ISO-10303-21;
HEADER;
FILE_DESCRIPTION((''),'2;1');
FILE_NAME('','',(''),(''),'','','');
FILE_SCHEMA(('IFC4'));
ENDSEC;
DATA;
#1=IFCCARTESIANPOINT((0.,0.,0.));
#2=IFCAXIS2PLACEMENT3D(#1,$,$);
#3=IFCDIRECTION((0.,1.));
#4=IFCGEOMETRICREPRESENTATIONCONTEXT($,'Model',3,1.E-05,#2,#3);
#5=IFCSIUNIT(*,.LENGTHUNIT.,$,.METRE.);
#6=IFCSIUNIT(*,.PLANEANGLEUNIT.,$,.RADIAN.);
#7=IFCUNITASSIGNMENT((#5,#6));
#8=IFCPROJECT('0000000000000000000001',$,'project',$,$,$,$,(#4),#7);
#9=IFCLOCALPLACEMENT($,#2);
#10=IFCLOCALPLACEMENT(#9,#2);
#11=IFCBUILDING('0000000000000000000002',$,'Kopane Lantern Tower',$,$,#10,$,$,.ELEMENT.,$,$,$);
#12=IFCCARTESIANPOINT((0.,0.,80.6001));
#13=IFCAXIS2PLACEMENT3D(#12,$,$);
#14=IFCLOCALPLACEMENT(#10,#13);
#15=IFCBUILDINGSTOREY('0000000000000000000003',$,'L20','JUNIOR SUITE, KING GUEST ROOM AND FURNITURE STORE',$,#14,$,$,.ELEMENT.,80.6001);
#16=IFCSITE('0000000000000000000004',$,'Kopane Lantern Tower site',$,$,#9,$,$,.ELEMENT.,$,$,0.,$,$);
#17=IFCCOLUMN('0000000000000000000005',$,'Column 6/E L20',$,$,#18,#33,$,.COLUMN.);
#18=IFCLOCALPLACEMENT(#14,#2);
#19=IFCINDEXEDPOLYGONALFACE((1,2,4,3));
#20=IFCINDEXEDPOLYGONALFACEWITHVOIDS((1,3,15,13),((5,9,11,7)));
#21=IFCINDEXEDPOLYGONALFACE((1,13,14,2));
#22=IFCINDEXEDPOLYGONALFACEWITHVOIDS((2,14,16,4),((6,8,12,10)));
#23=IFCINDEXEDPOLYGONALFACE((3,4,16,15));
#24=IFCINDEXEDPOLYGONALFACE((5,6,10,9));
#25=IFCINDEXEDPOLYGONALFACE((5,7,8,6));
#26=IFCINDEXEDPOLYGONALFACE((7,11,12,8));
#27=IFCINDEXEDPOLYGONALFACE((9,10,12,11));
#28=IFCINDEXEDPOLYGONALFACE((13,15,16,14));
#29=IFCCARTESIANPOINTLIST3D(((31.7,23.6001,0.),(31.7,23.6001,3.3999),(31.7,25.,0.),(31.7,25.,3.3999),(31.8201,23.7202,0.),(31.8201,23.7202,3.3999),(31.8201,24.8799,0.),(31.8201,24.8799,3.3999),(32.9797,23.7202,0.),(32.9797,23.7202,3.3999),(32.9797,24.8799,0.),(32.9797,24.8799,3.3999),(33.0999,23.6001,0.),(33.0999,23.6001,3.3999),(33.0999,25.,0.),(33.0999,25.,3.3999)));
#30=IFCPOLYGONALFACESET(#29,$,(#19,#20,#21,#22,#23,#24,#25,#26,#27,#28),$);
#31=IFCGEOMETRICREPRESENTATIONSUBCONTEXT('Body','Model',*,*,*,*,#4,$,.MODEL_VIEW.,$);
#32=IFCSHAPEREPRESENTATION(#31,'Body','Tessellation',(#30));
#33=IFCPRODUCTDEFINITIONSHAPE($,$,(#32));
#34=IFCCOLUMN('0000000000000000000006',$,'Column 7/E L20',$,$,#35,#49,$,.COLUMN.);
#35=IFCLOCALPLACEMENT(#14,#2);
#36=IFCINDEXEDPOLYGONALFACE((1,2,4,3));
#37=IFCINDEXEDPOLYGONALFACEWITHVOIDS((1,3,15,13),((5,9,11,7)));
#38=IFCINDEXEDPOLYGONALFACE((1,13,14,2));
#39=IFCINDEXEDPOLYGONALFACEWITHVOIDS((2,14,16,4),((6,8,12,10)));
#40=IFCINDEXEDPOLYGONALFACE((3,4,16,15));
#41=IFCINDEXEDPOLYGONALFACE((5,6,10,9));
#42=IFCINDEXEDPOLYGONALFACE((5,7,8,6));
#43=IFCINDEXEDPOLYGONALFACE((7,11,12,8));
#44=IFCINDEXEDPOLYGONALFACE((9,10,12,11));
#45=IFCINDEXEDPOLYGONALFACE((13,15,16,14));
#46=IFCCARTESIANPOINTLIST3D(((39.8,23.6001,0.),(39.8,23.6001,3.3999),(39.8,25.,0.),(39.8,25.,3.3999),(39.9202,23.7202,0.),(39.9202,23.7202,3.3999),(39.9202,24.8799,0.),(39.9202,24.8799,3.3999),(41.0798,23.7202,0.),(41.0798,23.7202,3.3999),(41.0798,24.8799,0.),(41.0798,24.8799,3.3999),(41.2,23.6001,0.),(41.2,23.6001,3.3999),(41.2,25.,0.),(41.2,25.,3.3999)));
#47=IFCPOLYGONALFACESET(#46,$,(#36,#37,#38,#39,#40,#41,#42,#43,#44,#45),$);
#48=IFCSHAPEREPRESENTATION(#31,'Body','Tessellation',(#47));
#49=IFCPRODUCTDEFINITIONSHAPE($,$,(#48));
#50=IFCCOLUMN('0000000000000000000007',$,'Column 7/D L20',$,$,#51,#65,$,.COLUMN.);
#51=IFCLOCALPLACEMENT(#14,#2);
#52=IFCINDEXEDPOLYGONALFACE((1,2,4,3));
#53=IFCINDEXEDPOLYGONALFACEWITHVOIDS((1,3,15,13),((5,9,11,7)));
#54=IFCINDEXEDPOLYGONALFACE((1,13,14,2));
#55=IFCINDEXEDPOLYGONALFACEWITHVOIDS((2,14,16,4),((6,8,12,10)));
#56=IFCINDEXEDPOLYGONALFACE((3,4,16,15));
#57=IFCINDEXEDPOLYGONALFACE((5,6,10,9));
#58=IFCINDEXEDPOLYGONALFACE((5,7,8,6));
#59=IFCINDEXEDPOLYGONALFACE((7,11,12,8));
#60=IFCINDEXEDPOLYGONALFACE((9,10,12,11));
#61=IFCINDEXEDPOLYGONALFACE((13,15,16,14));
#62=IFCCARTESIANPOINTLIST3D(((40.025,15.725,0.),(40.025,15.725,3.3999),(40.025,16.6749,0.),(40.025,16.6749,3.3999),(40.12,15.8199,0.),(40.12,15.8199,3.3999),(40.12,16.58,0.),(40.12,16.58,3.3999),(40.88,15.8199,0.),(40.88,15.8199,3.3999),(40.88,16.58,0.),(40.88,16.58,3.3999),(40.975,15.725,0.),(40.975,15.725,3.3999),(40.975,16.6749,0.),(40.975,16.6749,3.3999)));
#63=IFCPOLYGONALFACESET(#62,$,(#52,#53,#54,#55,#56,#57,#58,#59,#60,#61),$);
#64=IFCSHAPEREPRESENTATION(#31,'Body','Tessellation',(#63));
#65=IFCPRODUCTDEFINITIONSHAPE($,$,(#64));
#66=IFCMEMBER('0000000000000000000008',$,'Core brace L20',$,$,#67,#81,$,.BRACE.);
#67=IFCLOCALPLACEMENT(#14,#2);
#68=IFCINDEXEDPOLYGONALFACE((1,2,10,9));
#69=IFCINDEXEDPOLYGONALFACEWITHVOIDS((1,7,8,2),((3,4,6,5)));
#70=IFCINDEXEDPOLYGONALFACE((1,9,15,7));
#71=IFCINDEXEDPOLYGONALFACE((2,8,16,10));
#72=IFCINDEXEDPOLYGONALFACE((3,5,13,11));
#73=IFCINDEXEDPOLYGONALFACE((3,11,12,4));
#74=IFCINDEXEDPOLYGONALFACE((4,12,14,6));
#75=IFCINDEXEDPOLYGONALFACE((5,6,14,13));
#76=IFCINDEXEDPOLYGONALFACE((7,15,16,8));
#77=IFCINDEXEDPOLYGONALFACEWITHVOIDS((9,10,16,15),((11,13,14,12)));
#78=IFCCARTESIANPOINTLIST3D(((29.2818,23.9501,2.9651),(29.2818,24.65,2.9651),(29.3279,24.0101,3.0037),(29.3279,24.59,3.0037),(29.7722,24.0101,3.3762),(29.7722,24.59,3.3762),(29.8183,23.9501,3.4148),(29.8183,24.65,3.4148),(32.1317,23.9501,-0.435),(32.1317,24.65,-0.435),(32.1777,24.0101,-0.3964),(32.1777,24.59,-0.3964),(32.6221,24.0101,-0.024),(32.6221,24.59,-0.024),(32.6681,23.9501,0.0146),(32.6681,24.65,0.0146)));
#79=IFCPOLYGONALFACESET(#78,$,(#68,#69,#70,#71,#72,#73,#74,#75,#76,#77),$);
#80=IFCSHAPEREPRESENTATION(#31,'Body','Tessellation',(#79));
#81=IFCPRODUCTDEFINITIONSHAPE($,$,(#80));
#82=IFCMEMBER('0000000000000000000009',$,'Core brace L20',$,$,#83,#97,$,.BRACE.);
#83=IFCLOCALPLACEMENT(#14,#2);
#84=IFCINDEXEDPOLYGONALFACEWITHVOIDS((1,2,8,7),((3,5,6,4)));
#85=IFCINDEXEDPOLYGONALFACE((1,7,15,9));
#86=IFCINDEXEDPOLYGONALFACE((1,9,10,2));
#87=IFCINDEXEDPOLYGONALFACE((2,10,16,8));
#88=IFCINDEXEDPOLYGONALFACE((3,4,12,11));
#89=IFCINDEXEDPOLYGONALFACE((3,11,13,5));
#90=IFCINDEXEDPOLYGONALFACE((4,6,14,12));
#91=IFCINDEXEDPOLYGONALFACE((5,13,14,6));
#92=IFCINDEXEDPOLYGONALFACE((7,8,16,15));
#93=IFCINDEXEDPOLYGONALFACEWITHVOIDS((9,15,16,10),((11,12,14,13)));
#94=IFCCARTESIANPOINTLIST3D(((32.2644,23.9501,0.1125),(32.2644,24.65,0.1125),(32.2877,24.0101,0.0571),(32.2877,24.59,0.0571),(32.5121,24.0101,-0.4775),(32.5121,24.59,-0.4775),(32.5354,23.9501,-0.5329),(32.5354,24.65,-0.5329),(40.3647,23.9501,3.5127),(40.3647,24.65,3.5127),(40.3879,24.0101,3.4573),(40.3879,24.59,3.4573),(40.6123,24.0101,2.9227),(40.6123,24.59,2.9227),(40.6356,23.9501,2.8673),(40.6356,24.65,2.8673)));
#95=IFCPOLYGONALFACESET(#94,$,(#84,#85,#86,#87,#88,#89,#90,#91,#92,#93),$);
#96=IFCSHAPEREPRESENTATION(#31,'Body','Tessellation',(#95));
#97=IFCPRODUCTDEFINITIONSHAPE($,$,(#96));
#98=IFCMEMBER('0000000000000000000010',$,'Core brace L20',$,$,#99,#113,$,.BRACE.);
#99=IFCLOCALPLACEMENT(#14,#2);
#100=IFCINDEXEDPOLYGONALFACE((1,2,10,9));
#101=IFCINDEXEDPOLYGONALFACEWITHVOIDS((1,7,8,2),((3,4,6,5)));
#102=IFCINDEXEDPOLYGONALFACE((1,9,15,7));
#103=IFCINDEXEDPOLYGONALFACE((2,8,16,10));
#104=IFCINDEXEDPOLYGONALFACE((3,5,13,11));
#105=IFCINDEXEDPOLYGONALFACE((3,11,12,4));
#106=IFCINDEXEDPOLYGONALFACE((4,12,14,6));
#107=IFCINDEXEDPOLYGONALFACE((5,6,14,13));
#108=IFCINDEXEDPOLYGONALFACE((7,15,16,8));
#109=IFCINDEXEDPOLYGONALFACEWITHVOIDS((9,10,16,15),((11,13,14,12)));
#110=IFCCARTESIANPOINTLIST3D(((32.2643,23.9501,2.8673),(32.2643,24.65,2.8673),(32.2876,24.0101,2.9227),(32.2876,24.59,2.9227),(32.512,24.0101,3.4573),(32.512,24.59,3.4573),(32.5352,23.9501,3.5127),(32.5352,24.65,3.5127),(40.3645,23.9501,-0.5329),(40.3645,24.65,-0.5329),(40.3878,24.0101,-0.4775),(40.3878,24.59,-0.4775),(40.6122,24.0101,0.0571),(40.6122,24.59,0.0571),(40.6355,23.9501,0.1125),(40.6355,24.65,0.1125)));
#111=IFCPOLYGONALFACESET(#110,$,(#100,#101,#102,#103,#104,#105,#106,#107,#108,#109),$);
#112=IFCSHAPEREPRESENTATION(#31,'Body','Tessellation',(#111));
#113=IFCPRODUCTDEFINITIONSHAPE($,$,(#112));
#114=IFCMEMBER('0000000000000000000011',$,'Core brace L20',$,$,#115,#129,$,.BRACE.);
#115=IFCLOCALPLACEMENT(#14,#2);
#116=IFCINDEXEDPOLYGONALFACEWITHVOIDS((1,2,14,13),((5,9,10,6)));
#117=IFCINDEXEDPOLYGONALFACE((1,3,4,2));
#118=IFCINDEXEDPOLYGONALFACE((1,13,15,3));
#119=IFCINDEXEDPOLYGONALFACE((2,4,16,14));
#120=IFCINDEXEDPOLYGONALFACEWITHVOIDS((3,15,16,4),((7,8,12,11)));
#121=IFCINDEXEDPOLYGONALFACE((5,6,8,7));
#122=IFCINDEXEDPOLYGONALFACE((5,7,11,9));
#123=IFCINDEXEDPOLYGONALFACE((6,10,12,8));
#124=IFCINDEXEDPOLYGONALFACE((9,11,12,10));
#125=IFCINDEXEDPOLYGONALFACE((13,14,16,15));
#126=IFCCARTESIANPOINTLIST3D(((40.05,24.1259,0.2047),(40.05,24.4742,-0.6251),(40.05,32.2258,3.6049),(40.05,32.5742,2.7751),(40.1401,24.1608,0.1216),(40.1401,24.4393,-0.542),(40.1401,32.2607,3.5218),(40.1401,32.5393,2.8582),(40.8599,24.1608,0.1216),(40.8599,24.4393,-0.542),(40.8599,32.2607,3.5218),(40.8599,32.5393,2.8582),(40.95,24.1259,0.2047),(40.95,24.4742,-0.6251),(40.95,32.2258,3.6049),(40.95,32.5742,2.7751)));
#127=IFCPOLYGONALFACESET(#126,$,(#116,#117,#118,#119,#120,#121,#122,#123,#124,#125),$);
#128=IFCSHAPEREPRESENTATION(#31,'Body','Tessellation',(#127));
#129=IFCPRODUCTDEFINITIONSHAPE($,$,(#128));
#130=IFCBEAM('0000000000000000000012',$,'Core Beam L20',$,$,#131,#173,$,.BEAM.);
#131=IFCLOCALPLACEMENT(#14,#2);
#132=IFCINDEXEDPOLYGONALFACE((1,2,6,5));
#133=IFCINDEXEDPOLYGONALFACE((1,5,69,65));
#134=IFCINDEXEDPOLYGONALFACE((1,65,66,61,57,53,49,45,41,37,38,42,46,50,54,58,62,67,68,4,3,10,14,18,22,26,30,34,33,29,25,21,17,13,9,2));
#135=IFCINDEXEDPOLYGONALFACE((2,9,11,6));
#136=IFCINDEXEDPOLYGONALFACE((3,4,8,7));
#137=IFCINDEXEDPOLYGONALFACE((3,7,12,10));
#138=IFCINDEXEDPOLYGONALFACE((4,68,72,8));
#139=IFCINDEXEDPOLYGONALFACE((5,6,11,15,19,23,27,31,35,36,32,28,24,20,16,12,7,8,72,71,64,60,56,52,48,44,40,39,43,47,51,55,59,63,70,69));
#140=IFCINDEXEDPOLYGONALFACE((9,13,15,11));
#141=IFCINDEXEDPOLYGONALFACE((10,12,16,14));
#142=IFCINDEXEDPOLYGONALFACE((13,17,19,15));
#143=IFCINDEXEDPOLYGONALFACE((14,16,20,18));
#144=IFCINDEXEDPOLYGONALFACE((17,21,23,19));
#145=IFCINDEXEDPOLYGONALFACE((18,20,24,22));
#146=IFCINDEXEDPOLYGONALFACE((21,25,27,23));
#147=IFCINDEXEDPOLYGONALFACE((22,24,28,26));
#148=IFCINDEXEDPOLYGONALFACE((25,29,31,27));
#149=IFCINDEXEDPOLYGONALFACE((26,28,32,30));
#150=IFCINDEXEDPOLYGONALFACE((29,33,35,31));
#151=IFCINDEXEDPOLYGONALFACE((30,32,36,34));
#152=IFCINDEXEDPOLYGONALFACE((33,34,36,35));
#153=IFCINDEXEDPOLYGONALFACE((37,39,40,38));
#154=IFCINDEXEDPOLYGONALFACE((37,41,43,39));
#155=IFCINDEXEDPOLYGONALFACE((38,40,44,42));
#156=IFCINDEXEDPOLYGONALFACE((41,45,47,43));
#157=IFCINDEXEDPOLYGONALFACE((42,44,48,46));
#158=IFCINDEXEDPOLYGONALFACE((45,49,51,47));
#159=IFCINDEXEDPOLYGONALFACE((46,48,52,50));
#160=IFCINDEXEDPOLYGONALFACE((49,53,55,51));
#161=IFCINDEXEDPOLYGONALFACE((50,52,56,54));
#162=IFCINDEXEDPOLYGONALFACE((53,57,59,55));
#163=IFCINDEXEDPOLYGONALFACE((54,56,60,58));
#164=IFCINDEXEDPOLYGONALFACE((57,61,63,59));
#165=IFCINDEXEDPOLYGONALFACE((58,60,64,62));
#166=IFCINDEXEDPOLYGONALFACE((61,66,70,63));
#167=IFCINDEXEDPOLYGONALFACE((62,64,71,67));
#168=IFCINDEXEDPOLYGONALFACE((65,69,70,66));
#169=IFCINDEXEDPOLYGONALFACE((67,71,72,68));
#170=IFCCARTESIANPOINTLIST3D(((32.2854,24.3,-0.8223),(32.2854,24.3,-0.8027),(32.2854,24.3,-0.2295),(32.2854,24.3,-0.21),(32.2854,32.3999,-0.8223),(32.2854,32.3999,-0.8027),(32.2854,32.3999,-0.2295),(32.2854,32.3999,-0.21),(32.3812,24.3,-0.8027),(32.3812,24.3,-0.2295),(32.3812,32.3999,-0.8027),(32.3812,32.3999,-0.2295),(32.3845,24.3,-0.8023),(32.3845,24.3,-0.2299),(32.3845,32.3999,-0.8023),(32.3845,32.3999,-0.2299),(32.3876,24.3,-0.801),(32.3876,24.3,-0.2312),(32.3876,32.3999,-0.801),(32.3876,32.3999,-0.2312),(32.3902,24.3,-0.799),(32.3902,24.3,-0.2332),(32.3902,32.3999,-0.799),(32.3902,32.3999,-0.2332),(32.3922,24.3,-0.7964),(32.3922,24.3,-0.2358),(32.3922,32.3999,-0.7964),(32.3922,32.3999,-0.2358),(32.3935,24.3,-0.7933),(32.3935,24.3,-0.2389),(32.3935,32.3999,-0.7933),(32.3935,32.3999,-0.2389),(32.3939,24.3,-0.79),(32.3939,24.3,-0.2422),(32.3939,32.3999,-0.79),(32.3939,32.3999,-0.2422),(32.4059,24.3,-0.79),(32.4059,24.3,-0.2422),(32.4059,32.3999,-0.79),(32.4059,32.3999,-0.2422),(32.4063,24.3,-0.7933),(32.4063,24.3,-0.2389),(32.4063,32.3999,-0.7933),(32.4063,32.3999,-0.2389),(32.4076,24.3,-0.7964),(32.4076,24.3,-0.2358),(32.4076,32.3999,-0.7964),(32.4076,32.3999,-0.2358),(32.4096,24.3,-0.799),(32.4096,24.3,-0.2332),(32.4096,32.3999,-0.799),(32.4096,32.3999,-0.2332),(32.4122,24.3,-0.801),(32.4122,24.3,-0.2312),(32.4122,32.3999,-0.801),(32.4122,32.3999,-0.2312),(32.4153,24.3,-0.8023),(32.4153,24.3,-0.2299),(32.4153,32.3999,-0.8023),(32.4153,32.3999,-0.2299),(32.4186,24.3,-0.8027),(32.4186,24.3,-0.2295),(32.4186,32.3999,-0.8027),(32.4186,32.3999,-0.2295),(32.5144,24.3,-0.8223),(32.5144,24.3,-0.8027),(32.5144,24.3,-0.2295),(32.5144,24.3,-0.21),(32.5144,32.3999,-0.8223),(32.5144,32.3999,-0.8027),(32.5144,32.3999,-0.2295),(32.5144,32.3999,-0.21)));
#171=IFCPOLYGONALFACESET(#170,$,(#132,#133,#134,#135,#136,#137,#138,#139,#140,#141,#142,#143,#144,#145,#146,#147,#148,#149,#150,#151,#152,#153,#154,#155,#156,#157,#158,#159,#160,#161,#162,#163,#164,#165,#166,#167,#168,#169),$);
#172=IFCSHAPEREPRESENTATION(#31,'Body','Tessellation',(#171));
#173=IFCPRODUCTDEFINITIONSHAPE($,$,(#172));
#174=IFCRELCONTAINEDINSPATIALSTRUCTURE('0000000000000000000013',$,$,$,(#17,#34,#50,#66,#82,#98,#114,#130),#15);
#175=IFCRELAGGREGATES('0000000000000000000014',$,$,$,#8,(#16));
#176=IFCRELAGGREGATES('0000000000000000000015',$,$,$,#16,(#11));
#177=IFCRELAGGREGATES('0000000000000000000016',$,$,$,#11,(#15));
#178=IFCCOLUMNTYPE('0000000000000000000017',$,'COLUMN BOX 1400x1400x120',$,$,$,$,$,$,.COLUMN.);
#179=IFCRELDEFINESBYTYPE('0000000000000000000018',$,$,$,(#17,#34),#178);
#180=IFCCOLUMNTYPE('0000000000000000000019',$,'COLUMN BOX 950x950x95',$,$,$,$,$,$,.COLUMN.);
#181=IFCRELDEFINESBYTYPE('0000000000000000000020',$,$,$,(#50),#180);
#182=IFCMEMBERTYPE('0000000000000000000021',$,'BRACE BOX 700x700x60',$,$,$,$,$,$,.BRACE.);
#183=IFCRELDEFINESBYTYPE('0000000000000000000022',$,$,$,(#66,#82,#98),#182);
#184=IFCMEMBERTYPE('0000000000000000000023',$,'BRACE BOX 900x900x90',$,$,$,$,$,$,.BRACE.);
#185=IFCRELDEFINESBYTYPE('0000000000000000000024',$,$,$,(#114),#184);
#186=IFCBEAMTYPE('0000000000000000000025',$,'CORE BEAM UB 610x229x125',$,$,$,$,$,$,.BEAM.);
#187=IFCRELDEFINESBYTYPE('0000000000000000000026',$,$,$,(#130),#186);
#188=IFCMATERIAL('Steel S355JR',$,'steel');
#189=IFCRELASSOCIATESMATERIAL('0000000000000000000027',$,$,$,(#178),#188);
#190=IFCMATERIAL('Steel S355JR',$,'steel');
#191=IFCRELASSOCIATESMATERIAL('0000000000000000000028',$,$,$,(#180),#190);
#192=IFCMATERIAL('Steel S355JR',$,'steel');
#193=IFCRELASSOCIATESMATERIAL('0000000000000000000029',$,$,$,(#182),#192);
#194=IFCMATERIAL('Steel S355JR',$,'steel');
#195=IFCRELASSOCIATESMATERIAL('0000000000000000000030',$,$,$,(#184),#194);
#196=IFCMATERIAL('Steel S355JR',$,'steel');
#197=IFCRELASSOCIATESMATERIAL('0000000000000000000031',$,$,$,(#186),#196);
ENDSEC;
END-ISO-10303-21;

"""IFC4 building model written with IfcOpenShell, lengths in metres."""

from ifc_helpers import new_model, si_unit, direction, frame, origin, origin_2d, place, context, subcontext, project, spatial, hollow_rectangle, i_section, extrude, material, material_profile, profile_set, type_object, element, save


model = new_model("IFC4")

# Units and contexts
model_context = context("Model", 3, precision=1e-05, world=origin(), true_north=direction((0.0, 1.0)))
body_context = subcontext(model_context, "Body", "Model", "MODEL_VIEW")
ifc_project = project(units=[si_unit("LENGTHUNIT", "METRE"), si_unit("PLANEANGLEUNIT", "RADIAN")], contexts=[model_context])

# Site, building, storey
site_placement = place(None, origin())
site = spatial("IfcSite", under=ifc_project, at=site_placement, Name="Kopane Lantern Tower site", CompositionType="ELEMENT", RefElevation=0.0)
building_placement = place(site_placement, origin())
building = spatial("IfcBuilding", under=site, at=building_placement, Name="Kopane Lantern Tower", CompositionType="ELEMENT")
storey_placement = place(building_placement, frame((0.0, 0.0, 80.6001)))
storey = spatial("IfcBuildingStorey", under=building, at=storey_placement, Name="L20", Description="JUNIOR SUITE, KING GUEST ROOM AND FURNITURE STORE", CompositionType="ELEMENT", Elevation=80.6001)

# Columns
ifc_material_1 = material(Name="Steel S355JR", Category="steel")
ifc_material_profile_1 = material_profile(ifc_material_1, hollow_rectangle(XDim=1.3999, YDim=1.3999, WallThickness=0.1201, at=origin_2d()), Name="BOX 1400x1400x120")
ifc_profile_set_1 = profile_set([ifc_material_profile_1], Name="Steel S355JR")
column_type_1 = type_object("IfcColumnType", Name="COLUMN BOX 1400x1400x120", PredefinedType="COLUMN", material=ifc_profile_set_1)
for number, where, z_axis, x_axis, name in (
    (1, (32.3999, 24.3, 0.0), (0.0, 0.0, 1.0), (1.0, 0.0, 0.0), "Column 6/E L20"),
    (2, (40.5, 24.3, 0.0), (0.0, 0.0, 1.0), (1.0, 0.0, 0.0), "Column 7/E L20"),
):
    element("IfcColumn", number, at=place(storey_placement, frame(where, z_axis=z_axis, x_axis=x_axis)), inside=storey, type_object=column_type_1, Name=name, PredefinedType="COLUMN", context=body_context, shape_type="SweptSolid", body=[
        extrude(hollow_rectangle(XDim=1.3999, YDim=1.3999, WallThickness=0.1201, at=origin_2d()), origin(), (0.0, 0.0, 1.0), 3.3999),
    ])
ifc_material_2 = material(Name="Steel S355JR", Category="steel")
ifc_material_profile_2 = material_profile(ifc_material_2, hollow_rectangle(XDim=0.95, YDim=0.95, WallThickness=0.095, at=origin_2d()), Name="BOX 950x950x95")
ifc_profile_set_2 = profile_set([ifc_material_profile_2], Name="Steel S355JR")
column_type_2 = type_object("IfcColumnType", Name="COLUMN BOX 950x950x95", PredefinedType="COLUMN", material=ifc_profile_set_2)
column_placement = place(storey_placement, frame((40.5, 16.2, 0.0), z_axis=(0.0, 0.0, 1.0), x_axis=(1.0, 0.0, 0.0)))
element("IfcColumn", 3, at=column_placement, inside=storey, type_object=column_type_2, Name="Column 7/D L20", PredefinedType="COLUMN", context=body_context, shape_type="SweptSolid", body=[
    extrude(hollow_rectangle(XDim=0.95, YDim=0.95, WallThickness=0.095, at=origin_2d()), origin(), (0.0, 0.0, 1.0), 3.3999),
])

# Members
ifc_material_3 = material(Name="Steel S355JR", Category="steel")
ifc_material_profile_3 = material_profile(ifc_material_3, hollow_rectangle(XDim=0.7, YDim=0.7, WallThickness=0.0601, at=origin_2d()), Name="BOX 700x700x60")
ifc_profile_set_3 = profile_set([ifc_material_profile_3], Name="Steel S355JR")
member_type_1 = type_object("IfcMemberType", Name="BRACE BOX 700x700x60", PredefinedType="BRACE", material=ifc_profile_set_3)
member_1_placement = place(storey_placement, frame((32.3999, 24.3, -0.2102), z_axis=(-0.642363, 0.0, 0.7664), x_axis=(0.0, -1.0, 0.0)))
element("IfcMember", 4, at=member_1_placement, inside=storey, type_object=member_type_1, Name="Core brace L20", PredefinedType="BRACE", context=body_context, shape_type="SweptSolid", body=[
    extrude(hollow_rectangle(XDim=0.7, YDim=0.7, WallThickness=0.0601, at=origin_2d()), origin(), (0.0, 0.0, 1.0), 4.4365),
])
for number, where, z_axis, x_axis, name in (
    (5, (32.3999, 24.3, -0.2102), (0.922059, 0.0, 0.387049), (0.0, 1.0, 0.0), "Core brace L20"),
    (6, (40.5, 24.3, -0.2102), (-0.922059, 0.0, 0.387049), (0.0, -1.0, 0.0), "Core brace L20"),
):
    element("IfcMember", number, at=place(storey_placement, frame(where, z_axis=z_axis, x_axis=x_axis)), inside=storey, type_object=member_type_1, Name=name, PredefinedType="BRACE", context=body_context, shape_type="SweptSolid", body=[
        extrude(hollow_rectangle(XDim=0.7, YDim=0.7, WallThickness=0.0601, at=origin_2d()), origin(), (0.0, 0.0, 1.0), 8.7849),
    ])
ifc_material_4 = material(Name="Steel S355JR", Category="steel")
ifc_material_profile_4 = material_profile(ifc_material_4, hollow_rectangle(XDim=0.8999, YDim=0.8999, WallThickness=0.0901, at=origin_2d()), Name="BOX 900x900x90")
ifc_profile_set_4 = profile_set([ifc_material_profile_4], Name="Steel S355JR")
member_type_2 = type_object("IfcMemberType", Name="BRACE BOX 900x900x90", PredefinedType="BRACE", material=ifc_profile_set_4)
member_2_placement = place(storey_placement, frame((40.5, 24.3, -0.2102), z_axis=(0.0, 0.922055, 0.387059), x_axis=(-1.0, 0.0, 0.0)))
element("IfcMember", 7, at=member_2_placement, inside=storey, type_object=member_type_2, Name="Core brace L20", PredefinedType="BRACE", context=body_context, shape_type="SweptSolid", body=[
    extrude(hollow_rectangle(XDim=0.8999, YDim=0.8999, WallThickness=0.0901, at=origin_2d()), origin(), (0.0, 0.0, 1.0), 8.7847),
])

# Beam
ifc_material_5 = material(Name="Steel S355JR", Category="steel")
ifc_material_profile_5 = material_profile(ifc_material_5, i_section(OverallWidth=0.229, OverallDepth=0.6123, WebThickness=0.012, FlangeThickness=0.0195, FilletRadius=0.0127, at=origin_2d()), Name="UB 610x229x125")
ifc_profile_set_5 = profile_set([ifc_material_profile_5], Name="Steel S355JR")
beam_type_1 = type_object("IfcBeamType", Name="CORE BEAM UB 610x229x125", PredefinedType="BEAM", material=ifc_profile_set_5)
beam_1_placement = place(storey_placement, frame((32.3999, 24.3, -0.5161), z_axis=(0.0, 1.0, 0.0), x_axis=(-1.0, 0.0, 0.0)))
element("IfcBeam", 8, at=beam_1_placement, inside=storey, type_object=beam_type_1, Name="Core Beam L20", PredefinedType="BEAM", context=body_context, shape_type="SweptSolid", body=[
    extrude(i_section(OverallWidth=0.229, OverallDepth=0.6123, WebThickness=0.012, FlangeThickness=0.0195, FilletRadius=0.0127, at=origin_2d()), origin(), (0.0, 0.0, 1.0), 8.0999),
])

save(model, "model.ifc")
